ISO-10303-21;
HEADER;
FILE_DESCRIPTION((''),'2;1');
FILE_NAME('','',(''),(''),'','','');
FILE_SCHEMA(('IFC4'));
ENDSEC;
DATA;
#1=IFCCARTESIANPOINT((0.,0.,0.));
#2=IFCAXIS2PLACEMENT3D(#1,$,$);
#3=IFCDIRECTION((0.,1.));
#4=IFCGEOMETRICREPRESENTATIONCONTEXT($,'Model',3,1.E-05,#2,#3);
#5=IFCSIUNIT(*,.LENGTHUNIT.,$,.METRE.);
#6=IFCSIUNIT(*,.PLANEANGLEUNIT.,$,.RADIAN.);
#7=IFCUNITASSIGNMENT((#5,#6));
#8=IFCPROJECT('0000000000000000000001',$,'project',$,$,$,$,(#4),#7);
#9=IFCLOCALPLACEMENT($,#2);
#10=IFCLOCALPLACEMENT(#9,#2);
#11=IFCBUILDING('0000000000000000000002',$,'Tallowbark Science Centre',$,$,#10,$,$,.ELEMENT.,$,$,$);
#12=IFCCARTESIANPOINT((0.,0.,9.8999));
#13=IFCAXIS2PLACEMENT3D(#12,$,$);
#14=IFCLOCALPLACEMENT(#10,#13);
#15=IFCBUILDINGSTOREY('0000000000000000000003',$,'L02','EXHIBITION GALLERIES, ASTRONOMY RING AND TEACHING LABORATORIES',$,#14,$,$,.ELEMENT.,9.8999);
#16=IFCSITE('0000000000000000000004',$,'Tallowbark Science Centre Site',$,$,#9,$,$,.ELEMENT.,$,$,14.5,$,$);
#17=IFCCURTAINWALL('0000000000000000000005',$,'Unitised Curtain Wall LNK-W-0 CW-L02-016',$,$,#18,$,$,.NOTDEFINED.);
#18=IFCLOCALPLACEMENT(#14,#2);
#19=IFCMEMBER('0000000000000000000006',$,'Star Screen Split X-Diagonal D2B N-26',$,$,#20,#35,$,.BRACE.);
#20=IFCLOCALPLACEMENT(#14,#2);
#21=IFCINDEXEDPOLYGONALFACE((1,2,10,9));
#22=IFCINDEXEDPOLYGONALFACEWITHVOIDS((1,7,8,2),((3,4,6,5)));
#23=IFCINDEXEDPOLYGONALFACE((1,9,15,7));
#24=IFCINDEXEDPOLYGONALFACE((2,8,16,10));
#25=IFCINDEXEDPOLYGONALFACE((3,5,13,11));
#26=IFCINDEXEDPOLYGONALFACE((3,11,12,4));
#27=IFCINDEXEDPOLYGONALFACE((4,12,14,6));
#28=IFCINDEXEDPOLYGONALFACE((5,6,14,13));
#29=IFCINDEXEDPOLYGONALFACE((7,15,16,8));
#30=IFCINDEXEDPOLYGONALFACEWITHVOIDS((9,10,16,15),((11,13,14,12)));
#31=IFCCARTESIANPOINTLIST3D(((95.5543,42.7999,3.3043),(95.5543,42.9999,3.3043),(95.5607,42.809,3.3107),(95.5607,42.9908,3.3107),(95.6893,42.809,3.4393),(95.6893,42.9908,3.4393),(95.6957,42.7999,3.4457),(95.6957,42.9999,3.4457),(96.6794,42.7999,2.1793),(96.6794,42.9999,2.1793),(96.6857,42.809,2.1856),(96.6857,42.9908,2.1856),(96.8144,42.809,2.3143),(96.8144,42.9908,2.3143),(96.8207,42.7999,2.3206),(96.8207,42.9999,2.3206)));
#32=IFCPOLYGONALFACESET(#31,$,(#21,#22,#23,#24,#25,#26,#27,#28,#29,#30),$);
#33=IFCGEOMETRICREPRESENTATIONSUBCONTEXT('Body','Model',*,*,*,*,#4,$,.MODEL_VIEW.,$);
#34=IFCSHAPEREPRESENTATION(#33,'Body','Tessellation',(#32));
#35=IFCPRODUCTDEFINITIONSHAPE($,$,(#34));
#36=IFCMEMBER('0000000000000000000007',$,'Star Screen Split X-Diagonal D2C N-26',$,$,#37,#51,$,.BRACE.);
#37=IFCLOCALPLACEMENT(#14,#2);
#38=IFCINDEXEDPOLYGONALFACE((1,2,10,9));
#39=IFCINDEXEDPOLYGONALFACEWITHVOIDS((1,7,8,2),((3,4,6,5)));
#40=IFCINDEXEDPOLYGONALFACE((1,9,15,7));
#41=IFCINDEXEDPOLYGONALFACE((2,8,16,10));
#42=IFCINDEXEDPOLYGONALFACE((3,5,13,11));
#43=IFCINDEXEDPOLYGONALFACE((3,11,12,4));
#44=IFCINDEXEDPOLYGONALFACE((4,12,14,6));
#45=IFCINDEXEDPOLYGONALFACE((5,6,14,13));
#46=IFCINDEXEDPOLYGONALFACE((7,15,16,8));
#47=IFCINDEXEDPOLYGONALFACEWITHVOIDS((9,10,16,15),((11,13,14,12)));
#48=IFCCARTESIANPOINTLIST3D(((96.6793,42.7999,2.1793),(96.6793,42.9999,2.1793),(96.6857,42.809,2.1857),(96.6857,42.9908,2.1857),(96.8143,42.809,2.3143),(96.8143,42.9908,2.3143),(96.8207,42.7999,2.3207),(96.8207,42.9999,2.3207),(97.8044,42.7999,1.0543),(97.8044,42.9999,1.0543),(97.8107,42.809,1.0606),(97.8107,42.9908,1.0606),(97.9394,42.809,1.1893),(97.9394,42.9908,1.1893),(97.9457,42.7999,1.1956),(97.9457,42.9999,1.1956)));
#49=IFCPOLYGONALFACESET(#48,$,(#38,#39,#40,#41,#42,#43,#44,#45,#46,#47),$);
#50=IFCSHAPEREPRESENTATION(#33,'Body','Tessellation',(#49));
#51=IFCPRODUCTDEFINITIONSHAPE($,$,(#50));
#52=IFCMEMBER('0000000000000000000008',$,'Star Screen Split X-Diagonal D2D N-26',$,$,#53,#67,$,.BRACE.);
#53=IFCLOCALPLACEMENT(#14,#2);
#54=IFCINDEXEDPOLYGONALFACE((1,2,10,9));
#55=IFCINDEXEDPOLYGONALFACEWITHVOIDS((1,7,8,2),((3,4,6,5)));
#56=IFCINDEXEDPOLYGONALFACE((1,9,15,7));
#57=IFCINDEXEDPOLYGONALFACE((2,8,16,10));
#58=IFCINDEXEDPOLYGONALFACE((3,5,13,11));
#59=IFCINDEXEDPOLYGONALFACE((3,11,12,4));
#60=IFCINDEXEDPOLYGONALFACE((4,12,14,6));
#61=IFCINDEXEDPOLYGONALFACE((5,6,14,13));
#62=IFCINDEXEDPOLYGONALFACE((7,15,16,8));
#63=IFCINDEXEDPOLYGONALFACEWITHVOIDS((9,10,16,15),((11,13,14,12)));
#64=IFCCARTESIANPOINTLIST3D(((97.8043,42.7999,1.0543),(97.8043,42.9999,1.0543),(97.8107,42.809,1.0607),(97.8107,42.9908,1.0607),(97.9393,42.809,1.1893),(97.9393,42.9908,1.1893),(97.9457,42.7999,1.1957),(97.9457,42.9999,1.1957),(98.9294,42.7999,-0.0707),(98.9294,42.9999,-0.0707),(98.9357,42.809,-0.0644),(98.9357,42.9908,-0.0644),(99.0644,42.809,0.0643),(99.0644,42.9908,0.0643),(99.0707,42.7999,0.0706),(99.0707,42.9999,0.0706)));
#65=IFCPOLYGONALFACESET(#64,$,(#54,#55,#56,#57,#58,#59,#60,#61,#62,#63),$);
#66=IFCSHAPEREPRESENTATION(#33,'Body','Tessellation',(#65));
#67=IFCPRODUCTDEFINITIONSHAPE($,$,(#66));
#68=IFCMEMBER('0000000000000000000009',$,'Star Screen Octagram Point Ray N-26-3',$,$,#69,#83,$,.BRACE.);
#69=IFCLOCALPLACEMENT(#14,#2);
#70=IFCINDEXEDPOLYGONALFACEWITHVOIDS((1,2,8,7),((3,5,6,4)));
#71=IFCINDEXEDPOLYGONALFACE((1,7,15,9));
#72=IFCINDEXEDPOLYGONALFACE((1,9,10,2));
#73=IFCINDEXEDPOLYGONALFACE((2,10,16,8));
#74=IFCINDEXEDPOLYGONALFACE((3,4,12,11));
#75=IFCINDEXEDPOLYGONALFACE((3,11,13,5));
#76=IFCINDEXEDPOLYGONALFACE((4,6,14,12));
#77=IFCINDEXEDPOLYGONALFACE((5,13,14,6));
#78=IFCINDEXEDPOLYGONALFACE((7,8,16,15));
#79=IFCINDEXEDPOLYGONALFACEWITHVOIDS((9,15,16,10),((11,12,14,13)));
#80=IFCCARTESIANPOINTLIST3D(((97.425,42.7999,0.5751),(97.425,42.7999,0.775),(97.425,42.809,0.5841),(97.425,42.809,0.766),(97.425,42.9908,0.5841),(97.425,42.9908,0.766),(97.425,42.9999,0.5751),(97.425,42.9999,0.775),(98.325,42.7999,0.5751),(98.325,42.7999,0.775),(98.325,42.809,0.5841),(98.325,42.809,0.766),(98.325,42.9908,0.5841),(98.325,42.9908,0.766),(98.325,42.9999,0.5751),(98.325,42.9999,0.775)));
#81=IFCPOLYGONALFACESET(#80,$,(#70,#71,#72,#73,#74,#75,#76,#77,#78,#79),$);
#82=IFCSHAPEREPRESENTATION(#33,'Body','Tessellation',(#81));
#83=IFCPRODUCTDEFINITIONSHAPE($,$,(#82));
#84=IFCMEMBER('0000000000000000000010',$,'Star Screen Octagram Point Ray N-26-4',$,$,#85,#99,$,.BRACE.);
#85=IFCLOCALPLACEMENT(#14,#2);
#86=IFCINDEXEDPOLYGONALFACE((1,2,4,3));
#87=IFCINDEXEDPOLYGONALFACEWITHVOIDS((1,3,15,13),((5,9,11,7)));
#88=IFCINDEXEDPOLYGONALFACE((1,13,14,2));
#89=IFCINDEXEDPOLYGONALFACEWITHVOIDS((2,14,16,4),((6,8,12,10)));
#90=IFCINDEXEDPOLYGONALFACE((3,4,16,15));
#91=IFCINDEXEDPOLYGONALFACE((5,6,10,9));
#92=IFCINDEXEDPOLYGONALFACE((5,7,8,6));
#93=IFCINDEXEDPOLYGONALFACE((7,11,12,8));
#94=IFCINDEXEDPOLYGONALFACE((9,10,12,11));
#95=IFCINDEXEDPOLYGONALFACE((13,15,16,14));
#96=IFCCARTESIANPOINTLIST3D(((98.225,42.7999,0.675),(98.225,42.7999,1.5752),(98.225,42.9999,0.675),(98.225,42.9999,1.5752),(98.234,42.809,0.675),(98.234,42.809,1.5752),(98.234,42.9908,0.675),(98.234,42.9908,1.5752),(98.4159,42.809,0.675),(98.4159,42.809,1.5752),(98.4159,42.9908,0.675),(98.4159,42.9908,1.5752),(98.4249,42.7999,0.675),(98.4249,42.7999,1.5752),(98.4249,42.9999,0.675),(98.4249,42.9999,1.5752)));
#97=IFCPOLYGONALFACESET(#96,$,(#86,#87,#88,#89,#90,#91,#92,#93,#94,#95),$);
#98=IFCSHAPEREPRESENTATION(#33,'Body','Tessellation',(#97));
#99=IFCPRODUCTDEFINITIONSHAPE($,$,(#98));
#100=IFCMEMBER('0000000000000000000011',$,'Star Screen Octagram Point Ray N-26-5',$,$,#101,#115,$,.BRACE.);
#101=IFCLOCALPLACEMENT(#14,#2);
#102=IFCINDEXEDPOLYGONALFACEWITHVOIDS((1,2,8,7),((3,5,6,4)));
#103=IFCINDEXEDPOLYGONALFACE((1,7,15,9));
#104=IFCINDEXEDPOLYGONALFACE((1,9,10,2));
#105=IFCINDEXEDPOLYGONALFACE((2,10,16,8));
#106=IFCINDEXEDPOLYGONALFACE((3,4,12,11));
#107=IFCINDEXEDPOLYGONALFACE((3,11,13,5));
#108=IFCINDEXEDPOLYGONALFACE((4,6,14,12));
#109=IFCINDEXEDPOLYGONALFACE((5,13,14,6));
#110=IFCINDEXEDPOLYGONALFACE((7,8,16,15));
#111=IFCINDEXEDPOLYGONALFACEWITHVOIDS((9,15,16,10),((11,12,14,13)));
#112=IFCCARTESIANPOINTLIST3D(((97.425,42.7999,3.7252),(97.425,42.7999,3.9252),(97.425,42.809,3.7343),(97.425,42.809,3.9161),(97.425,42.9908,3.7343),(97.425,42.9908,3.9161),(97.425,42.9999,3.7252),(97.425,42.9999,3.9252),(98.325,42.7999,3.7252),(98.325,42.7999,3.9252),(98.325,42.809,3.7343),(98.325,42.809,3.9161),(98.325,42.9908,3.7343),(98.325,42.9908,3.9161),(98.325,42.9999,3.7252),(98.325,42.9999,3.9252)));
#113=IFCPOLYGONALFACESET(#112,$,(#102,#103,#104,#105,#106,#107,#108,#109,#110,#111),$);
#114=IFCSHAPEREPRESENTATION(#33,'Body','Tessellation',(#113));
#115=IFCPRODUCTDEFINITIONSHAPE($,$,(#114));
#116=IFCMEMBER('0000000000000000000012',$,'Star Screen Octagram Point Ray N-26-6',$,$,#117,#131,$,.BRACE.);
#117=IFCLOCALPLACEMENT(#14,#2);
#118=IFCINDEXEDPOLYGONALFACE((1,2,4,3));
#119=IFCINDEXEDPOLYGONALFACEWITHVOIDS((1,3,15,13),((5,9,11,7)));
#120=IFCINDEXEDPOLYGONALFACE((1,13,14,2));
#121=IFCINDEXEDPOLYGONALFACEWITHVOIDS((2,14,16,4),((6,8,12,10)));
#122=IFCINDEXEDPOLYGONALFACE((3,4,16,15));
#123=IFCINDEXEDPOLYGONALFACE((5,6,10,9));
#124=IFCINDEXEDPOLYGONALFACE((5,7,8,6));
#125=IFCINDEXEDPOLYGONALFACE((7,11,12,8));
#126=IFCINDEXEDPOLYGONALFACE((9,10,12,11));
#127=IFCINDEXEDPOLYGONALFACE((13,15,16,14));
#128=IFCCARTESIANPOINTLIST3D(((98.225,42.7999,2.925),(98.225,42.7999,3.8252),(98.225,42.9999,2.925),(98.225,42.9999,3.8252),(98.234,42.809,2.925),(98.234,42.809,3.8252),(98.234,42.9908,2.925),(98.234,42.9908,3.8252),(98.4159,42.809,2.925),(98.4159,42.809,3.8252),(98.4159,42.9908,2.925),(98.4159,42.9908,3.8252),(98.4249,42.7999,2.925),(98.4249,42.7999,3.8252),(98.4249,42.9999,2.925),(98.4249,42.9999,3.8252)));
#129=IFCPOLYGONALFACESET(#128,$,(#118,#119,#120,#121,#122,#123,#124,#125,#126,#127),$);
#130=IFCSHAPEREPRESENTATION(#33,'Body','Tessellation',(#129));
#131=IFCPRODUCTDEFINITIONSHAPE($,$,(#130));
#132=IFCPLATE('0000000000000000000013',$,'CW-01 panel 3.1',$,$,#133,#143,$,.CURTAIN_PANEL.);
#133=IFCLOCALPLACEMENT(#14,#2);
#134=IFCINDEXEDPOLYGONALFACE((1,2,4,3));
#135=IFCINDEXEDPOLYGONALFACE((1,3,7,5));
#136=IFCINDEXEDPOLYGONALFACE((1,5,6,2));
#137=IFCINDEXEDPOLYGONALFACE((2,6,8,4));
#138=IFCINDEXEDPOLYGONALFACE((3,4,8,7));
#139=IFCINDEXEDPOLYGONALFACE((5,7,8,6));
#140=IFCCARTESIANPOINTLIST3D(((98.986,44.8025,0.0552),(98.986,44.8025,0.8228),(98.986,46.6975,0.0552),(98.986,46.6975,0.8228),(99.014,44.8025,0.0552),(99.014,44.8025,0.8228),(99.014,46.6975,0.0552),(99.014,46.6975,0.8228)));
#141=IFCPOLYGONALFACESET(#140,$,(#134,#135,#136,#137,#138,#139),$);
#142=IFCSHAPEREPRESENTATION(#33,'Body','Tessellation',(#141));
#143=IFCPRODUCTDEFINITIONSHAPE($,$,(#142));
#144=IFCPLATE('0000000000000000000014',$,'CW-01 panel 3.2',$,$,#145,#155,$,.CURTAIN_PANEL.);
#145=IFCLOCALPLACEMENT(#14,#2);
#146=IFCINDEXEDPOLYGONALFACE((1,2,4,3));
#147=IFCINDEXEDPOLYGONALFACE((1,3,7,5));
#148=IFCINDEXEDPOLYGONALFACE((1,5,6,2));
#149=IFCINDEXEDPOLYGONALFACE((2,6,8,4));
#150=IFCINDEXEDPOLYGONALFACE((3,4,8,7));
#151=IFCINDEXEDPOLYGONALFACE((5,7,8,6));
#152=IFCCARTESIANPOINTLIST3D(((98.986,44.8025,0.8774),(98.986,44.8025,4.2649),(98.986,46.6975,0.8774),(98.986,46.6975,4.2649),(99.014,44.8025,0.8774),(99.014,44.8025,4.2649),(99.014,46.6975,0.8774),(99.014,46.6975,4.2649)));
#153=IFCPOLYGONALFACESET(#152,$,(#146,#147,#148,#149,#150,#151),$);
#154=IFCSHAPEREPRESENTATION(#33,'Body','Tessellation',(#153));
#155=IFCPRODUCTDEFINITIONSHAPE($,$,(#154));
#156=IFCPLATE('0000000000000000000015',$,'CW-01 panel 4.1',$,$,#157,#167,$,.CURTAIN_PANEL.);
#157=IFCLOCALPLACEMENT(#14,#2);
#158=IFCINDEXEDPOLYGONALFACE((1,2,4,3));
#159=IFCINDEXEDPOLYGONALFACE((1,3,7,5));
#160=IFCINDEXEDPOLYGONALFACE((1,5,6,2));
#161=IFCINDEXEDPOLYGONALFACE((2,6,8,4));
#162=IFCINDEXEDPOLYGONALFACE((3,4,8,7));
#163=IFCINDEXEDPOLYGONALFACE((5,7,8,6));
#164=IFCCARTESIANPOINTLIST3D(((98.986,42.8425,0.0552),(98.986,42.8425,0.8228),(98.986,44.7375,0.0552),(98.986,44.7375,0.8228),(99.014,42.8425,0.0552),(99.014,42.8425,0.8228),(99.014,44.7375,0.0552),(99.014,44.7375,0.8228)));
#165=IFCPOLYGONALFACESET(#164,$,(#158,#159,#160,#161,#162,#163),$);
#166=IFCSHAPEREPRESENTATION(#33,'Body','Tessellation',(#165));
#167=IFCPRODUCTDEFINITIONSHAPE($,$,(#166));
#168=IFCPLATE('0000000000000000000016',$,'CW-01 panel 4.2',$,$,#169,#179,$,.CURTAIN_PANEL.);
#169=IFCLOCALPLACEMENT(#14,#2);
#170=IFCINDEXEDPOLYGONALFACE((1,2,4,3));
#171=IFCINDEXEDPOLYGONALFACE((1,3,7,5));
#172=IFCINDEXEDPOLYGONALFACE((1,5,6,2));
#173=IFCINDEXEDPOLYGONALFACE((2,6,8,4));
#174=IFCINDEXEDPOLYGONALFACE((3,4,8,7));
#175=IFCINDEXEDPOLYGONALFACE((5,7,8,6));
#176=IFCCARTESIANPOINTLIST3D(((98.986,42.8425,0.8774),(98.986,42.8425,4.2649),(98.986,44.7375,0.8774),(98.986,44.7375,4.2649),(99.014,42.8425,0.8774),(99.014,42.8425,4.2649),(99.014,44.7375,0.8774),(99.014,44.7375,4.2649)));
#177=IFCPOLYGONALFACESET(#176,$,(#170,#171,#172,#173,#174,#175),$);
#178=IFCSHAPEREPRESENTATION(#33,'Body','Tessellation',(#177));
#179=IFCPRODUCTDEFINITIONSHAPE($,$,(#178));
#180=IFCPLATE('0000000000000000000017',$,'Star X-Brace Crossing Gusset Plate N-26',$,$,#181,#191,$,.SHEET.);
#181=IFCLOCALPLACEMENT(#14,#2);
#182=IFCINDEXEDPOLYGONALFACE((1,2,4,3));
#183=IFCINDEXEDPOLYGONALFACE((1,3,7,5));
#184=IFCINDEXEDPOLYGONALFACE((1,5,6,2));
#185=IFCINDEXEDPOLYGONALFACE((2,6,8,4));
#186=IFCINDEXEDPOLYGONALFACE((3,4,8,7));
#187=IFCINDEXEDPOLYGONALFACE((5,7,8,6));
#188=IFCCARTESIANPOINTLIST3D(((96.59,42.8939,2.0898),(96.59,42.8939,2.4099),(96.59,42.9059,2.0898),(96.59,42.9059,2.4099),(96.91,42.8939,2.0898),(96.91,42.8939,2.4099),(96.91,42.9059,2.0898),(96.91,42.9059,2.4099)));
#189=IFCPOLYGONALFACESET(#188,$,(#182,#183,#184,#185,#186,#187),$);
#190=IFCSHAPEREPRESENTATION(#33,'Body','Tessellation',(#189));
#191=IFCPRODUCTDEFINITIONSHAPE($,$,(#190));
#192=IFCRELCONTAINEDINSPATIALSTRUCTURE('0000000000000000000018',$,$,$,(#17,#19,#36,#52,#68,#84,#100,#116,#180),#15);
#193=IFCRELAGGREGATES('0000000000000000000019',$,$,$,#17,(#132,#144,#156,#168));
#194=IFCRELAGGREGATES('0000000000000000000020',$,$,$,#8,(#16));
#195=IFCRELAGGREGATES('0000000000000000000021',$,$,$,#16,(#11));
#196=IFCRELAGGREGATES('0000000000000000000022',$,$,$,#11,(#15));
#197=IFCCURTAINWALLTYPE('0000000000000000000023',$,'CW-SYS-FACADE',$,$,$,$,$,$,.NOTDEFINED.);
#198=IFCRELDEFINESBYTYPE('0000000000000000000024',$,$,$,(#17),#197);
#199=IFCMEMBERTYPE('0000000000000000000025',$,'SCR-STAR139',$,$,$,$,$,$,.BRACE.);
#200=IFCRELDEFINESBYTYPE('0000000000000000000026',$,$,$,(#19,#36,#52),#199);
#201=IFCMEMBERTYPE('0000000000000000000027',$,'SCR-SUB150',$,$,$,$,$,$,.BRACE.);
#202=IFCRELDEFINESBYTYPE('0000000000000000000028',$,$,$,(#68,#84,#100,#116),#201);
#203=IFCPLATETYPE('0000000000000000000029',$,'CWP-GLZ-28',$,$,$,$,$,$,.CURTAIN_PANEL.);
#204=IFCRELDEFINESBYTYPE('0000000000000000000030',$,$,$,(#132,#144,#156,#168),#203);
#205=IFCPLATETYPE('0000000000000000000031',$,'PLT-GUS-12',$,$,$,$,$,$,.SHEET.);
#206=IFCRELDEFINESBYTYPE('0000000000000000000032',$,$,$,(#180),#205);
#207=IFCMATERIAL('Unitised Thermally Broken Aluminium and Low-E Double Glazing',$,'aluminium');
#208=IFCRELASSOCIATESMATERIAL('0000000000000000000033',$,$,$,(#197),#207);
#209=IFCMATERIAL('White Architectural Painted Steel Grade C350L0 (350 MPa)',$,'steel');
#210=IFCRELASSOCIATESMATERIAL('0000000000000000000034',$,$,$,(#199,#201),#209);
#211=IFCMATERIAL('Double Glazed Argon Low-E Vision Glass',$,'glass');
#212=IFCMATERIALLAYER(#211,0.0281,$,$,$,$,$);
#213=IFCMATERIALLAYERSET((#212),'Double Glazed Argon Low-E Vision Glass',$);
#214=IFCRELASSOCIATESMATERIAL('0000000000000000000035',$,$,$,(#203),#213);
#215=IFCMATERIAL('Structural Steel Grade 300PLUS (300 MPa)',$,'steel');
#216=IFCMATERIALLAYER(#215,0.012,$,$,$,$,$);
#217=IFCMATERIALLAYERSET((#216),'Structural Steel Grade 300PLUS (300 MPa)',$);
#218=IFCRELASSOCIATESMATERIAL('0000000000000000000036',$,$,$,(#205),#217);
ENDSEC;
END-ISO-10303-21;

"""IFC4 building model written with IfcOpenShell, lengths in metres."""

from ifc_helpers import new_model, si_unit, direction, frame, origin, origin_2d, place, context, subcontext, project, spatial, rectangle, hollow_rectangle, extrude, material, layer, layer_set, material_profile, profile_set, type_object, element, aggregate, save


model = new_model("IFC4")

# Units and contexts
model_context = context("Model", 3, precision=1e-05, world=origin(), true_north=direction((0.0, 1.0)))
body_context = subcontext(model_context, "Body", "Model", "MODEL_VIEW")
ifc_project = project(units=[si_unit("LENGTHUNIT", "METRE"), si_unit("PLANEANGLEUNIT", "RADIAN")], contexts=[model_context])

# Site, building, storey
site_placement = place(None, origin())
site = spatial("IfcSite", under=ifc_project, at=site_placement, Name="Tallowbark Science Centre Site", CompositionType="ELEMENT", RefElevation=14.5)
building_placement = place(site_placement, origin())
building = spatial("IfcBuilding", under=site, at=building_placement, Name="Tallowbark Science Centre", CompositionType="ELEMENT")
storey_placement = place(building_placement, frame((0.0, 0.0, 9.8999)))
storey = spatial("IfcBuildingStorey", under=building, at=storey_placement, Name="L02", Description="EXHIBITION GALLERIES, ASTRONOMY RING AND TEACHING LABORATORIES", CompositionType="ELEMENT", Elevation=9.8999)

# Shared definitions
ifc_material_1 = material(Name="White Architectural Painted Steel Grade C350L0 (350 MPa)", Category="steel")

# Shared definitions
ifc_material_2 = material(Name="Structural Steel Grade 300PLUS (300 MPa)", Category="steel")

# Curtain wall
ifc_material_3 = material(Name="Unitised Thermally Broken Aluminium and Low-E Double Glazing", Category="aluminium")
curtain_wall_type = type_object("IfcCurtainWallType", Name="CW-SYS-FACADE", PredefinedType="NOTDEFINED", material=ifc_material_3)
curtain_wall_placement = place(storey_placement, origin())
curtain_wall = element("IfcCurtainWall", 1, at=curtain_wall_placement, inside=storey, type_object=curtain_wall_type, Name="Unitised Curtain Wall LNK-W-0 CW-L02-016", PredefinedType="NOTDEFINED")

# Members
ifc_material_profile_1 = material_profile(ifc_material_1, hollow_rectangle(XDim=0.2, YDim=0.2, WallThickness=0.009, at=origin_2d()), Name="200x200x9.0SHS")
ifc_profile_set_1 = profile_set([ifc_material_profile_1], Name="White Architectural Painted Steel Grade C350L0 (350 MPa)")
member_type_1 = type_object("IfcMemberType", Name="SCR-STAR139", PredefinedType="BRACE", material=ifc_profile_set_1)
for number, where, z_axis, x_axis, name in (
    (2, (95.625, 42.8999, 3.375), (0.707107, 0.0, -0.707107), (0.0, 1.0, 0.0), "Star Screen Split X-Diagonal D2B N-26"),
    (3, (96.75, 42.8999, 2.25), (0.707107, 0.0, -0.707107), (0.0, 1.0, 0.0), "Star Screen Split X-Diagonal D2C N-26"),
    (4, (97.875, 42.8999, 1.125), (0.707107, 0.0, -0.707107), (0.0, 1.0, 0.0), "Star Screen Split X-Diagonal D2D N-26"),
):
    element("IfcMember", number, at=place(storey_placement, frame(where, z_axis=z_axis, x_axis=x_axis)), inside=storey, type_object=member_type_1, Name=name, PredefinedType="BRACE", context=body_context, shape_type="SweptSolid", body=[
        extrude(hollow_rectangle(XDim=0.2, YDim=0.2, WallThickness=0.009, at=origin_2d()), origin(), (0.0, 0.0, 1.0), 1.5911),
    ])
ifc_material_profile_2 = material_profile(ifc_material_1, hollow_rectangle(XDim=0.2, YDim=0.2, WallThickness=0.009, at=origin_2d()), Name="200x200x9.0SHS")
ifc_profile_set_2 = profile_set([ifc_material_profile_2], Name="White Architectural Painted Steel Grade C350L0 (350 MPa)")
member_type_2 = type_object("IfcMemberType", Name="SCR-SUB150", PredefinedType="BRACE", material=ifc_profile_set_2)
member_1_placement = place(storey_placement, frame((98.325, 42.8999, 0.675), z_axis=(-1.0, 0.0, 0.0), x_axis=(0.0, -1.0, 0.0)))
element("IfcMember", 5, at=member_1_placement, inside=storey, type_object=member_type_2, Name="Star Screen Octagram Point Ray N-26-3", PredefinedType="BRACE", context=body_context, shape_type="SweptSolid", body=[
    extrude(hollow_rectangle(XDim=0.2, YDim=0.2, WallThickness=0.009, at=origin_2d()), origin(), (0.0, 0.0, 1.0), 0.8999),
])
member_2_placement = place(storey_placement, frame((98.325, 42.8999, 0.675), z_axis=(0.0, 0.0, 1.0), x_axis=(1.0, 0.0, 0.0)))
element("IfcMember", 6, at=member_2_placement, inside=storey, type_object=member_type_2, Name="Star Screen Octagram Point Ray N-26-4", PredefinedType="BRACE", context=body_context, shape_type="SweptSolid", body=[
    extrude(hollow_rectangle(XDim=0.2, YDim=0.2, WallThickness=0.009, at=origin_2d()), origin(), (0.0, 0.0, 1.0), 0.9001),
])
member_3_placement = place(storey_placement, frame((98.325, 42.8999, 3.8252), z_axis=(-1.0, 0.0, 0.0), x_axis=(0.0, -1.0, 0.0)))
element("IfcMember", 7, at=member_3_placement, inside=storey, type_object=member_type_2, Name="Star Screen Octagram Point Ray N-26-5", PredefinedType="BRACE", context=body_context, shape_type="SweptSolid", body=[
    extrude(hollow_rectangle(XDim=0.2, YDim=0.2, WallThickness=0.009, at=origin_2d()), origin(), (0.0, 0.0, 1.0), 0.8999),
])
member_4_placement = place(storey_placement, frame((98.325, 42.8999, 3.8252), z_axis=(0.0, 0.0, -1.0), x_axis=(1.0, 0.0, 0.0)))
element("IfcMember", 8, at=member_4_placement, inside=storey, type_object=member_type_2, Name="Star Screen Octagram Point Ray N-26-6", PredefinedType="BRACE", context=body_context, shape_type="SweptSolid", body=[
    extrude(hollow_rectangle(XDim=0.2, YDim=0.2, WallThickness=0.009, at=origin_2d()), origin(), (0.0, 0.0, 1.0), 0.9001),
])

# Plates
ifc_material_4 = material(Name="Double Glazed Argon Low-E Vision Glass", Category="glass")
ifc_layer_1 = layer(ifc_material_4, 0.0281)
ifc_layer_set_1 = layer_set([ifc_layer_1], Name="Double Glazed Argon Low-E Vision Glass")
plate_type_1 = type_object("IfcPlateType", Name="CWP-GLZ-28", PredefinedType="CURTAIN_PANEL", material=ifc_layer_set_1)
plate_1_placement = place(storey_placement, frame((99.0, 45.75, 0.0552), z_axis=(0.0, 0.0, 1.0), x_axis=(0.0, -1.0, 0.0)))
plate_1 = element("IfcPlate", 9, at=plate_1_placement, type_object=plate_type_1, Name="CW-01 panel 3.1", PredefinedType="CURTAIN_PANEL", context=body_context, shape_type="SweptSolid", body=[
    extrude(rectangle(XDim=1.895, YDim=0.0281, at=origin_2d()), origin(), (0.0, 0.0, 1.0), 0.7676),
])
plate_2_placement = place(storey_placement, frame((99.0, 45.75, 0.8774), z_axis=(0.0, 0.0, 1.0), x_axis=(0.0, -1.0, 0.0)))
plate_2 = element("IfcPlate", 10, at=plate_2_placement, type_object=plate_type_1, Name="CW-01 panel 3.2", PredefinedType="CURTAIN_PANEL", context=body_context, shape_type="SweptSolid", body=[
    extrude(rectangle(XDim=1.895, YDim=0.0281, at=origin_2d()), origin(), (0.0, 0.0, 1.0), 3.3875),
])
plate_3_placement = place(storey_placement, frame((99.0, 43.79, 0.0552), z_axis=(0.0, 0.0, 1.0), x_axis=(0.0, -1.0, 0.0)))
plate_3 = element("IfcPlate", 11, at=plate_3_placement, type_object=plate_type_1, Name="CW-01 panel 4.1", PredefinedType="CURTAIN_PANEL", context=body_context, shape_type="SweptSolid", body=[
    extrude(rectangle(XDim=1.895, YDim=0.0281, at=origin_2d()), origin(), (0.0, 0.0, 1.0), 0.7676),
])
plate_4_placement = place(storey_placement, frame((99.0, 43.79, 0.8774), z_axis=(0.0, 0.0, 1.0), x_axis=(0.0, -1.0, 0.0)))
plate_4 = element("IfcPlate", 12, at=plate_4_placement, type_object=plate_type_1, Name="CW-01 panel 4.2", PredefinedType="CURTAIN_PANEL", context=body_context, shape_type="SweptSolid", body=[
    extrude(rectangle(XDim=1.895, YDim=0.0281, at=origin_2d()), origin(), (0.0, 0.0, 1.0), 3.3875),
])
aggregate(curtain_wall, [plate_1, plate_2, plate_3, plate_4])

# Plate
ifc_layer_2 = layer(ifc_material_2, 0.012)
ifc_layer_set_2 = layer_set([ifc_layer_2], Name="Structural Steel Grade 300PLUS (300 MPa)")
plate_type_2 = type_object("IfcPlateType", Name="PLT-GUS-12", PredefinedType="SHEET", material=ifc_layer_set_2)
plate_5_placement = place(storey_placement, frame((96.75, 42.8999, 2.0898), z_axis=(0.0, 0.0, 1.0), x_axis=(1.0, 0.0, 0.0)))
element("IfcPlate", 13, at=plate_5_placement, inside=storey, type_object=plate_type_2, Name="Star X-Brace Crossing Gusset Plate N-26", PredefinedType="SHEET", context=body_context, shape_type="SweptSolid", body=[
    extrude(rectangle(XDim=0.3201, YDim=0.012, at=origin_2d()), origin(), (0.0, 0.0, 1.0), 0.3201),
])

save(model, "model.ifc")
